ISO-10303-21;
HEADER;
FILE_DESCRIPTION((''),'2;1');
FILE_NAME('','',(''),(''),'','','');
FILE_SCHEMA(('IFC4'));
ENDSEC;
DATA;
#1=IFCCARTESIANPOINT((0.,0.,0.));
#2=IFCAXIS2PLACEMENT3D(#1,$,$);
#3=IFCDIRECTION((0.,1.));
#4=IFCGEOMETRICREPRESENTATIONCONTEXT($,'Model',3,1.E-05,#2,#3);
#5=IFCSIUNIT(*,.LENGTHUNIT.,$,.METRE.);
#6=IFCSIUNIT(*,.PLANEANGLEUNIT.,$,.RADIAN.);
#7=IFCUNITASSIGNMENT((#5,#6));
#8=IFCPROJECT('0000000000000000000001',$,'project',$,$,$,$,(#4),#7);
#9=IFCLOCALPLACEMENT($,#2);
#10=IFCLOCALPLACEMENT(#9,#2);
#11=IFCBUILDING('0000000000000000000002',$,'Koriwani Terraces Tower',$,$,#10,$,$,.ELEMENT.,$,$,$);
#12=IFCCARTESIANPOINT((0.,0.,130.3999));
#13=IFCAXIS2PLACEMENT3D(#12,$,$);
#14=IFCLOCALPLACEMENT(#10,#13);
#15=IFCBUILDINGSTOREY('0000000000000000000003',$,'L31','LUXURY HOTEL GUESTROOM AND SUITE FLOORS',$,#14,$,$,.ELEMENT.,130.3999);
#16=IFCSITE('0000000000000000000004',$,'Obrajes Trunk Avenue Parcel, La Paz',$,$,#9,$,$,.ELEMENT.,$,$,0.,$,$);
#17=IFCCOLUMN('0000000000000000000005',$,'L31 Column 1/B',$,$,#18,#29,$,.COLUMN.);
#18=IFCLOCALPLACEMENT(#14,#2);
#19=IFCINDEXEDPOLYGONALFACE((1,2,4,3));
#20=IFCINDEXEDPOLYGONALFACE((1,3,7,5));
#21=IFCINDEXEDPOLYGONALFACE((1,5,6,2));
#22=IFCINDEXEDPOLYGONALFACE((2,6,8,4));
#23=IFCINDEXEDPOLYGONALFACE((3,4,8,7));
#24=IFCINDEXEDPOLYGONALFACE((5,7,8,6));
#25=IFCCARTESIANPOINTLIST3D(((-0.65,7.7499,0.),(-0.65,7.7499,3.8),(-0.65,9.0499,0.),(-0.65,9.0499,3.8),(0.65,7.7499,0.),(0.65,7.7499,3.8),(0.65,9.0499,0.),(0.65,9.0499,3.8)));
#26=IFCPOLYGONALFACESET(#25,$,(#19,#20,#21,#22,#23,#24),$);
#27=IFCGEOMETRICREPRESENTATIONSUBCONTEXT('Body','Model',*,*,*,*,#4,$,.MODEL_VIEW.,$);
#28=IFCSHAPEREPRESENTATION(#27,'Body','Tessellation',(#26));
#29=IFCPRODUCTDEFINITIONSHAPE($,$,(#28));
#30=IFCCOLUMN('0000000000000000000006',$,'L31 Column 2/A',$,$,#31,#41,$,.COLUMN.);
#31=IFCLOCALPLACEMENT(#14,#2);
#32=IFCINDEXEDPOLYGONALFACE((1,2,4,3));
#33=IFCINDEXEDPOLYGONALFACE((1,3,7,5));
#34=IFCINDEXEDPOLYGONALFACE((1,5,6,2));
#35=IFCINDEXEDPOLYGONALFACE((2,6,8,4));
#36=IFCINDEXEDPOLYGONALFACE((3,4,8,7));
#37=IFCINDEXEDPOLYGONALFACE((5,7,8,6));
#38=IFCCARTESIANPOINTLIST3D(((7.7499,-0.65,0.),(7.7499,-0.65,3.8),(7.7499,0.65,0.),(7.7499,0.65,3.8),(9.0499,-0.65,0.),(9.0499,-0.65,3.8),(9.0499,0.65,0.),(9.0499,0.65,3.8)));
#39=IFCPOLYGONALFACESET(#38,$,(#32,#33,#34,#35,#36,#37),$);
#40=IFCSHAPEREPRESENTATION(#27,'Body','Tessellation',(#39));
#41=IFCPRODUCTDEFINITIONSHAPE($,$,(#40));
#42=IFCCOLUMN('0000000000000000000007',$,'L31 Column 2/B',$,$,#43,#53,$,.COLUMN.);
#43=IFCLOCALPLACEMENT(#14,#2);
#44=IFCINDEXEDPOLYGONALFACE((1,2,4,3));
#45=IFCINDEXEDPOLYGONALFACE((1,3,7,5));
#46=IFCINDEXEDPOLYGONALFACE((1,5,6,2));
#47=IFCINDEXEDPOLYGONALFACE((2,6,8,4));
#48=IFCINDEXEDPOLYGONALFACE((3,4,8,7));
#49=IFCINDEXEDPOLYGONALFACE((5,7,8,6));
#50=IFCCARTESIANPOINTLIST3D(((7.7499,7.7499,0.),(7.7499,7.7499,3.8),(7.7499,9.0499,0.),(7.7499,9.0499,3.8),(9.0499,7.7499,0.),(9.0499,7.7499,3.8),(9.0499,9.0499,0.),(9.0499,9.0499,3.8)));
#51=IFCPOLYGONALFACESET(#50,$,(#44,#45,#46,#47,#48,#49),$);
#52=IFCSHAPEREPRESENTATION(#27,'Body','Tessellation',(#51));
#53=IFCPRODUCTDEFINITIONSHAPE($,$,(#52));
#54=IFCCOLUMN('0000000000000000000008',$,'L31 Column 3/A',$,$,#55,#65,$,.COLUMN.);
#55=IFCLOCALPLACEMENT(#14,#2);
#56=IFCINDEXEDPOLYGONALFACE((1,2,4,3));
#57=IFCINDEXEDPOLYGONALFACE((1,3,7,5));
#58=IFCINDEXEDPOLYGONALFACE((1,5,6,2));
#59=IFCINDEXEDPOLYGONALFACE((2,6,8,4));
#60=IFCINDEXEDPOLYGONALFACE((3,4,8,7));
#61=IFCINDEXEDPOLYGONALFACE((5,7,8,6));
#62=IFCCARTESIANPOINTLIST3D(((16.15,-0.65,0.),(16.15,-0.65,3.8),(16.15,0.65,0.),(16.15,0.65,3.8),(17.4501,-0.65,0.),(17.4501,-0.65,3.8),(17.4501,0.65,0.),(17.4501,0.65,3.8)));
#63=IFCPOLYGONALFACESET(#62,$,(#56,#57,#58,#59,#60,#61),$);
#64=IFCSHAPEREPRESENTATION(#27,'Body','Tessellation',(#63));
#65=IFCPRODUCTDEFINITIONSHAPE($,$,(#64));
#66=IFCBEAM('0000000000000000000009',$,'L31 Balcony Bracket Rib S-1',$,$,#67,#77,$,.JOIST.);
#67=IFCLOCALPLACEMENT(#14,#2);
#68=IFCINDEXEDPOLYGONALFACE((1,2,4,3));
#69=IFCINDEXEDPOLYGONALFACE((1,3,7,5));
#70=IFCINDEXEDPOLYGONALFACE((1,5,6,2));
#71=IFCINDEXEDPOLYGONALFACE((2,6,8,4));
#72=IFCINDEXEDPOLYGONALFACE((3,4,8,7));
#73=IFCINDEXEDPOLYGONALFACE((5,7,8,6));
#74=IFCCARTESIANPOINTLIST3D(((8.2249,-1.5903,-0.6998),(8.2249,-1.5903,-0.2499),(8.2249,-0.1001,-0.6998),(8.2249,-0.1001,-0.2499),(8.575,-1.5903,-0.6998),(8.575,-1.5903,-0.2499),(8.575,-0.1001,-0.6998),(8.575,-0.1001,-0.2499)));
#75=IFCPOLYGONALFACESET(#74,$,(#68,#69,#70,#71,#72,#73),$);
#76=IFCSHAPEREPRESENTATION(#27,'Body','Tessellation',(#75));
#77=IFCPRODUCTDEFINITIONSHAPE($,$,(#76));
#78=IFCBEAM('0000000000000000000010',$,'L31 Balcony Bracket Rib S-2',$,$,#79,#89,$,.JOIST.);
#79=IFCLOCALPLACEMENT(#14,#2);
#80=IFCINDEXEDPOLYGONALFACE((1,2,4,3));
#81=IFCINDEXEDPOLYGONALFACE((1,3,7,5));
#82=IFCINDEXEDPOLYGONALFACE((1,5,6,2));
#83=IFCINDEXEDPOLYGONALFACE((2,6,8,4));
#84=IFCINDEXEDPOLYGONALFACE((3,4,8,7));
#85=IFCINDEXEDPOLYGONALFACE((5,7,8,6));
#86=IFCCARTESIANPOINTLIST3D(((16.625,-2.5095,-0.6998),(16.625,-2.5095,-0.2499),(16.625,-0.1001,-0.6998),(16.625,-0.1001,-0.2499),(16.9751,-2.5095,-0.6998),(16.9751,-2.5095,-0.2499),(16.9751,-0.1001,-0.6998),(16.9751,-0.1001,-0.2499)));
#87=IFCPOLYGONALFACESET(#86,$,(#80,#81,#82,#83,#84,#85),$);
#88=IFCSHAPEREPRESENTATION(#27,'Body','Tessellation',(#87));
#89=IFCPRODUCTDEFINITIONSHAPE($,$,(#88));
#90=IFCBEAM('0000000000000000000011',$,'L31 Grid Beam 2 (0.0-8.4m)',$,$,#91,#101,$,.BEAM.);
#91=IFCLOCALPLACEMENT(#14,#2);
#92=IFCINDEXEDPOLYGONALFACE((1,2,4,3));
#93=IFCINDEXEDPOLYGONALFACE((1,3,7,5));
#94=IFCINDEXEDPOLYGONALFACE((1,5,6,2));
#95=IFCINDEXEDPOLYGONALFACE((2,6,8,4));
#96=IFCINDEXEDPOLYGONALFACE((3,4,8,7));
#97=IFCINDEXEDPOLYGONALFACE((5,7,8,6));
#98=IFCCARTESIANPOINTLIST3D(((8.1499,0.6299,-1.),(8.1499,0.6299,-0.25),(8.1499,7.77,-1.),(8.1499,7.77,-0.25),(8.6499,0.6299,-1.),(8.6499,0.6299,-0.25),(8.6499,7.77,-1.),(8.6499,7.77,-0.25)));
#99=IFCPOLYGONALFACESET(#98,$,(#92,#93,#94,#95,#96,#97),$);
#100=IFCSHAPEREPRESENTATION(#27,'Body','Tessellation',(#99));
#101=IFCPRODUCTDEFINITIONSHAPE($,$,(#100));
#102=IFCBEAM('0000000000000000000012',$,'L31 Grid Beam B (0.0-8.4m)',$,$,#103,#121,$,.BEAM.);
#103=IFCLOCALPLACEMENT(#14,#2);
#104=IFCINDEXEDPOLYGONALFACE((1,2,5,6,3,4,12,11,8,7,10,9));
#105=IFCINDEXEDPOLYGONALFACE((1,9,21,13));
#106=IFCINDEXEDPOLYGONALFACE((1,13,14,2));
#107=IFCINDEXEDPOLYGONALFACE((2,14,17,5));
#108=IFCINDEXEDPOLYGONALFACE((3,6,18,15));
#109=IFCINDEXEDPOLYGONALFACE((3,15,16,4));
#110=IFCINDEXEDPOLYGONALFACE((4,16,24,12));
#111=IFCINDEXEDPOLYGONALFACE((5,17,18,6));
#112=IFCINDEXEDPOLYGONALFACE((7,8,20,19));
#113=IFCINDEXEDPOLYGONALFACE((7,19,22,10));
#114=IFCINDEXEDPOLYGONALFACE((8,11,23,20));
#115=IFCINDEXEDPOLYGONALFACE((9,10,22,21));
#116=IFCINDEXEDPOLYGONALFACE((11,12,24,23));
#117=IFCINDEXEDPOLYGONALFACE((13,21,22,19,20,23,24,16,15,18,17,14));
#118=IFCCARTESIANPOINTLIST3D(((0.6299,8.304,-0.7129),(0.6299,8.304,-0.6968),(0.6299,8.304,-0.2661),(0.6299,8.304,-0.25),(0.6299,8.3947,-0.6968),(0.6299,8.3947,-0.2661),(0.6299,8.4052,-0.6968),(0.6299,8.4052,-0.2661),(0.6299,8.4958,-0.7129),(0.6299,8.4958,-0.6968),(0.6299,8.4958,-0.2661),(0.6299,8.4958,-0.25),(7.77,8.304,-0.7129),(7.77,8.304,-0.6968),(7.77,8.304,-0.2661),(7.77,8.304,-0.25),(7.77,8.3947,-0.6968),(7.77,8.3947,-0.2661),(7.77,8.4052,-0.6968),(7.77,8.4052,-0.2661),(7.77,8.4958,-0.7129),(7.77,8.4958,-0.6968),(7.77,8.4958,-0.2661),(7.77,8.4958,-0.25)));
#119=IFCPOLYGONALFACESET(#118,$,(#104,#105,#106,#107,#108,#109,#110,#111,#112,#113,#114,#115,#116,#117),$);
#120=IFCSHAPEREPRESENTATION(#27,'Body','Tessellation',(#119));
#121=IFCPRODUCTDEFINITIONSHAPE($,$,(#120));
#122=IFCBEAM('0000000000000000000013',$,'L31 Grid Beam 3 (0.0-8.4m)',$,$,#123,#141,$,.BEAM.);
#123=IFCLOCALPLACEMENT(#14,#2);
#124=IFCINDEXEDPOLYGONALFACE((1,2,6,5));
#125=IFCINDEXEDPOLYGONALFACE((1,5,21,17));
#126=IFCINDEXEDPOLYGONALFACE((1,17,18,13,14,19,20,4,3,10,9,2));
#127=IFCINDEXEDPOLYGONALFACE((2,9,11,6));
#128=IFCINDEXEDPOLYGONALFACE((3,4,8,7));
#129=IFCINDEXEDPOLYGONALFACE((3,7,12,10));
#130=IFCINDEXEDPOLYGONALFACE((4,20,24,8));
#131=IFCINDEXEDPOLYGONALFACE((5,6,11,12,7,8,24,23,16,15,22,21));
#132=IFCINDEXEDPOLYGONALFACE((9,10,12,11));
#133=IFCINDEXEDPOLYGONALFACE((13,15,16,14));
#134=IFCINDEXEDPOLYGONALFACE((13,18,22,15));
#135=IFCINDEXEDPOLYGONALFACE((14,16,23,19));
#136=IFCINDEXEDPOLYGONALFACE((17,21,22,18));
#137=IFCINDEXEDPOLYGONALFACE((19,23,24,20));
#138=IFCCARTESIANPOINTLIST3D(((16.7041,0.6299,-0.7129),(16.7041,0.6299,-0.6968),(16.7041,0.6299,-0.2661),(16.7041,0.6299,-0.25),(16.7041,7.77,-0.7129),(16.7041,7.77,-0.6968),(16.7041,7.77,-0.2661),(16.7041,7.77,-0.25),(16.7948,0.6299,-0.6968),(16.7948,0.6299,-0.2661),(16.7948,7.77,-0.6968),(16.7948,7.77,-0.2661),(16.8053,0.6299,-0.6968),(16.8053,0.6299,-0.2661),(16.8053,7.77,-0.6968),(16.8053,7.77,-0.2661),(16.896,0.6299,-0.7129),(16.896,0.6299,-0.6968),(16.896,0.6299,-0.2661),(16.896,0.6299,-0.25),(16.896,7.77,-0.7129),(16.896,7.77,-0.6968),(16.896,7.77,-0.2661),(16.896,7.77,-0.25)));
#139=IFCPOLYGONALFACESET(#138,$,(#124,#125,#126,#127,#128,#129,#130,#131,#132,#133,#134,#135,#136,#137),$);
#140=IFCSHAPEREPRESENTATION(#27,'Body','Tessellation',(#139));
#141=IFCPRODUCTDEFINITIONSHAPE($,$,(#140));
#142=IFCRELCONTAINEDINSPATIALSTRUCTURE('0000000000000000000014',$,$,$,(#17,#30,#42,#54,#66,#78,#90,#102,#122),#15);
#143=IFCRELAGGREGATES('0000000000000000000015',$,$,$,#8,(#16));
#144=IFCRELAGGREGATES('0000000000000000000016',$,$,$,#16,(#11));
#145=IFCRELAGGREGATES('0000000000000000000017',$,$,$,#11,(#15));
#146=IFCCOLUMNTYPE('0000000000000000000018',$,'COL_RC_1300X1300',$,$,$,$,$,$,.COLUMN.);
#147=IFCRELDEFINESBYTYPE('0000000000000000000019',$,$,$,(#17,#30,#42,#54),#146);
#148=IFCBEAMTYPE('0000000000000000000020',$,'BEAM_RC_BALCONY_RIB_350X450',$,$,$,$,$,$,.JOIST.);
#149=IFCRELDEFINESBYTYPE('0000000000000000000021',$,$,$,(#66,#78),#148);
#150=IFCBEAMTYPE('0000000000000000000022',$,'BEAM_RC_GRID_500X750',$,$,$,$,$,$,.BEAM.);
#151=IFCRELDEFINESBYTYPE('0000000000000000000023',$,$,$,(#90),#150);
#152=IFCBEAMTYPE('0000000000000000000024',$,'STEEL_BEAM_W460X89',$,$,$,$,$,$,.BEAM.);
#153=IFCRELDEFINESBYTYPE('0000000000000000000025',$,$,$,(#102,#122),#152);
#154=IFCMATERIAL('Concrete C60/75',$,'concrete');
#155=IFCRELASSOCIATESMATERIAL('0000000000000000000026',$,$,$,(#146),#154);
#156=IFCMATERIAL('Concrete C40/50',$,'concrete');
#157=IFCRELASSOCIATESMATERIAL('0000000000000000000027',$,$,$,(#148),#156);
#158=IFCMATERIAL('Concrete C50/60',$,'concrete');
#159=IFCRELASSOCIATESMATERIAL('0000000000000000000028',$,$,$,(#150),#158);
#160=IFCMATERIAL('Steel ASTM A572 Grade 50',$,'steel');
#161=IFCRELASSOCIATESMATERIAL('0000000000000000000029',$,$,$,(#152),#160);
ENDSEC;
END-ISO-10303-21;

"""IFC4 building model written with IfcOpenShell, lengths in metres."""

from ifc_helpers import new_model, si_unit, direction, frame, origin, origin_2d, place, context, subcontext, project, spatial, rectangle, i_section, extrude, material, material_profile, profile_set, type_object, element, save


model = new_model("IFC4")

# Units and contexts
model_context = context("Model", 3, precision=1e-05, world=origin(), true_north=direction((0.0, 1.0)))
body_context = subcontext(model_context, "Body", "Model", "MODEL_VIEW")
ifc_project = project(units=[si_unit("LENGTHUNIT", "METRE"), si_unit("PLANEANGLEUNIT", "RADIAN")], contexts=[model_context])

# Site, building, storey
site_placement = place(None, origin())
site = spatial("IfcSite", under=ifc_project, at=site_placement, Name="Obrajes Trunk Avenue Parcel, La Paz", CompositionType="ELEMENT", RefElevation=0.0)
building_placement = place(site_placement, origin())
building = spatial("IfcBuilding", under=site, at=building_placement, Name="Koriwani Terraces Tower", CompositionType="ELEMENT")
storey_placement = place(building_placement, frame((0.0, 0.0, 130.3999)))
storey = spatial("IfcBuildingStorey", under=building, at=storey_placement, Name="L31", Description="LUXURY HOTEL GUESTROOM AND SUITE FLOORS", CompositionType="ELEMENT", Elevation=130.3999)

# Columns
ifc_material_1 = material(Name="Concrete C60/75", Category="concrete")
ifc_material_profile_1 = material_profile(ifc_material_1, rectangle(XDim=1.3, YDim=1.3, at=origin_2d()), Name="Concrete C60/75", Category="LoadBearing")
ifc_profile_set_1 = profile_set([ifc_material_profile_1], Name="Concrete C60/75")
column_type = type_object("IfcColumnType", Name="COL_RC_1300X1300", PredefinedType="COLUMN", material=ifc_profile_set_1)
for number, where, z_axis, x_axis, name in (
    (1, (0.0, 8.3999, 0.0), (0.0, 0.0, 1.0), (1.0, 0.0, 0.0), "L31 Column 1/B"),
    (2, (8.3999, 0.0, 0.0), (0.0, 0.0, 1.0), (1.0, 0.0, 0.0), "L31 Column 2/A"),
    (3, (8.3999, 8.3999, 0.0), (0.0, 0.0, 1.0), (1.0, 0.0, 0.0), "L31 Column 2/B"),
    (4, (16.8, 0.0, 0.0), (0.0, 0.0, 1.0), (1.0, 0.0, 0.0), "L31 Column 3/A"),
):
    element("IfcColumn", number, at=place(storey_placement, frame(where, z_axis=z_axis, x_axis=x_axis)), inside=storey, type_object=column_type, Name=name, PredefinedType="COLUMN", context=body_context, shape_type="SweptSolid", body=[
        extrude(rectangle(XDim=1.3, YDim=1.3, at=origin_2d()), origin(), (0.0, 0.0, 1.0), 3.8),
    ])

# Beams
ifc_material_2 = material(Name="Concrete C40/50", Category="concrete")
ifc_material_profile_2 = material_profile(ifc_material_2, rectangle(XDim=0.3501, YDim=0.45, at=origin_2d()), Name="Concrete C40/50", Category="LoadBearing")
ifc_profile_set_2 = profile_set([ifc_material_profile_2], Name="Concrete C40/50")
beam_type_1 = type_object("IfcBeamType", Name="BEAM_RC_BALCONY_RIB_350X450", PredefinedType="JOIST", material=ifc_profile_set_2)
beam_1_placement = place(storey_placement, frame((8.3999, -1.5903, -0.4749), z_axis=(0.0, 1.0, 0.0), x_axis=(-1.0, 0.0, 0.0)))
element("IfcBeam", 5, at=beam_1_placement, inside=storey, type_object=beam_type_1, Name="L31 Balcony Bracket Rib S-1", PredefinedType="JOIST", context=body_context, shape_type="SweptSolid", body=[
    extrude(rectangle(XDim=0.3501, YDim=0.45, at=origin_2d()), origin(), (0.0, 0.0, 1.0), 1.4902),
])
beam_2_placement = place(storey_placement, frame((16.8, -2.5095, -0.4749), z_axis=(0.0, 1.0, 0.0), x_axis=(-1.0, 0.0, 0.0)))
element("IfcBeam", 6, at=beam_2_placement, inside=storey, type_object=beam_type_1, Name="L31 Balcony Bracket Rib S-2", PredefinedType="JOIST", context=body_context, shape_type="SweptSolid", body=[
    extrude(rectangle(XDim=0.3501, YDim=0.45, at=origin_2d()), origin(), (0.0, 0.0, 1.0), 2.4094),
])
ifc_material_3 = material(Name="Concrete C50/60", Category="concrete")
ifc_material_profile_3 = material_profile(ifc_material_3, rectangle(XDim=0.5, YDim=0.75, at=origin_2d()), Name="Concrete C50/60", Category="LoadBearing")
ifc_profile_set_3 = profile_set([ifc_material_profile_3], Name="Concrete C50/60")
beam_type_2 = type_object("IfcBeamType", Name="BEAM_RC_GRID_500X750", PredefinedType="BEAM", material=ifc_profile_set_3)
beam_3_placement = place(storey_placement, frame((8.3999, 0.6299, -0.625), z_axis=(0.0, 1.0, 0.0), x_axis=(-1.0, 0.0, 0.0)))
element("IfcBeam", 7, at=beam_3_placement, inside=storey, type_object=beam_type_2, Name="L31 Grid Beam 2 (0.0-8.4m)", PredefinedType="BEAM", context=body_context, shape_type="SweptSolid", body=[
    extrude(rectangle(XDim=0.5, YDim=0.75, at=origin_2d()), origin(), (0.0, 0.0, 1.0), 7.1401),
])
ifc_material_4 = material(Name="Steel ASTM A572 Grade 50", Category="steel")
ifc_material_profile_4 = material_profile(ifc_material_4, i_section(OverallWidth=0.1919, OverallDepth=0.4629, WebThickness=0.0105, FlangeThickness=0.0161, at=origin_2d()), Name="Steel ASTM A572 Grade 50", Category="LoadBearing")
ifc_profile_set_4 = profile_set([ifc_material_profile_4], Name="Steel ASTM A572 Grade 50")
beam_type_3 = type_object("IfcBeamType", Name="STEEL_BEAM_W460X89", PredefinedType="BEAM", material=ifc_profile_set_4)
for number, where, z_axis, x_axis, name in (
    (8, (0.6299, 8.3999, -0.4814), (1.0, 0.0, 0.0), (0.0, 1.0, 0.0), "L31 Grid Beam B (0.0-8.4m)"),
    (9, (16.8, 0.6299, -0.4814), (0.0, 1.0, 0.0), (-1.0, 0.0, 0.0), "L31 Grid Beam 3 (0.0-8.4m)"),
):
    element("IfcBeam", number, at=place(storey_placement, frame(where, z_axis=z_axis, x_axis=x_axis)), inside=storey, type_object=beam_type_3, Name=name, PredefinedType="BEAM", context=body_context, shape_type="SweptSolid", body=[
        extrude(i_section(OverallWidth=0.1919, OverallDepth=0.4629, WebThickness=0.0105, FlangeThickness=0.0161, at=origin_2d()), origin(), (0.0, 0.0, 1.0), 7.1401),
    ])

save(model, "model.ifc")
